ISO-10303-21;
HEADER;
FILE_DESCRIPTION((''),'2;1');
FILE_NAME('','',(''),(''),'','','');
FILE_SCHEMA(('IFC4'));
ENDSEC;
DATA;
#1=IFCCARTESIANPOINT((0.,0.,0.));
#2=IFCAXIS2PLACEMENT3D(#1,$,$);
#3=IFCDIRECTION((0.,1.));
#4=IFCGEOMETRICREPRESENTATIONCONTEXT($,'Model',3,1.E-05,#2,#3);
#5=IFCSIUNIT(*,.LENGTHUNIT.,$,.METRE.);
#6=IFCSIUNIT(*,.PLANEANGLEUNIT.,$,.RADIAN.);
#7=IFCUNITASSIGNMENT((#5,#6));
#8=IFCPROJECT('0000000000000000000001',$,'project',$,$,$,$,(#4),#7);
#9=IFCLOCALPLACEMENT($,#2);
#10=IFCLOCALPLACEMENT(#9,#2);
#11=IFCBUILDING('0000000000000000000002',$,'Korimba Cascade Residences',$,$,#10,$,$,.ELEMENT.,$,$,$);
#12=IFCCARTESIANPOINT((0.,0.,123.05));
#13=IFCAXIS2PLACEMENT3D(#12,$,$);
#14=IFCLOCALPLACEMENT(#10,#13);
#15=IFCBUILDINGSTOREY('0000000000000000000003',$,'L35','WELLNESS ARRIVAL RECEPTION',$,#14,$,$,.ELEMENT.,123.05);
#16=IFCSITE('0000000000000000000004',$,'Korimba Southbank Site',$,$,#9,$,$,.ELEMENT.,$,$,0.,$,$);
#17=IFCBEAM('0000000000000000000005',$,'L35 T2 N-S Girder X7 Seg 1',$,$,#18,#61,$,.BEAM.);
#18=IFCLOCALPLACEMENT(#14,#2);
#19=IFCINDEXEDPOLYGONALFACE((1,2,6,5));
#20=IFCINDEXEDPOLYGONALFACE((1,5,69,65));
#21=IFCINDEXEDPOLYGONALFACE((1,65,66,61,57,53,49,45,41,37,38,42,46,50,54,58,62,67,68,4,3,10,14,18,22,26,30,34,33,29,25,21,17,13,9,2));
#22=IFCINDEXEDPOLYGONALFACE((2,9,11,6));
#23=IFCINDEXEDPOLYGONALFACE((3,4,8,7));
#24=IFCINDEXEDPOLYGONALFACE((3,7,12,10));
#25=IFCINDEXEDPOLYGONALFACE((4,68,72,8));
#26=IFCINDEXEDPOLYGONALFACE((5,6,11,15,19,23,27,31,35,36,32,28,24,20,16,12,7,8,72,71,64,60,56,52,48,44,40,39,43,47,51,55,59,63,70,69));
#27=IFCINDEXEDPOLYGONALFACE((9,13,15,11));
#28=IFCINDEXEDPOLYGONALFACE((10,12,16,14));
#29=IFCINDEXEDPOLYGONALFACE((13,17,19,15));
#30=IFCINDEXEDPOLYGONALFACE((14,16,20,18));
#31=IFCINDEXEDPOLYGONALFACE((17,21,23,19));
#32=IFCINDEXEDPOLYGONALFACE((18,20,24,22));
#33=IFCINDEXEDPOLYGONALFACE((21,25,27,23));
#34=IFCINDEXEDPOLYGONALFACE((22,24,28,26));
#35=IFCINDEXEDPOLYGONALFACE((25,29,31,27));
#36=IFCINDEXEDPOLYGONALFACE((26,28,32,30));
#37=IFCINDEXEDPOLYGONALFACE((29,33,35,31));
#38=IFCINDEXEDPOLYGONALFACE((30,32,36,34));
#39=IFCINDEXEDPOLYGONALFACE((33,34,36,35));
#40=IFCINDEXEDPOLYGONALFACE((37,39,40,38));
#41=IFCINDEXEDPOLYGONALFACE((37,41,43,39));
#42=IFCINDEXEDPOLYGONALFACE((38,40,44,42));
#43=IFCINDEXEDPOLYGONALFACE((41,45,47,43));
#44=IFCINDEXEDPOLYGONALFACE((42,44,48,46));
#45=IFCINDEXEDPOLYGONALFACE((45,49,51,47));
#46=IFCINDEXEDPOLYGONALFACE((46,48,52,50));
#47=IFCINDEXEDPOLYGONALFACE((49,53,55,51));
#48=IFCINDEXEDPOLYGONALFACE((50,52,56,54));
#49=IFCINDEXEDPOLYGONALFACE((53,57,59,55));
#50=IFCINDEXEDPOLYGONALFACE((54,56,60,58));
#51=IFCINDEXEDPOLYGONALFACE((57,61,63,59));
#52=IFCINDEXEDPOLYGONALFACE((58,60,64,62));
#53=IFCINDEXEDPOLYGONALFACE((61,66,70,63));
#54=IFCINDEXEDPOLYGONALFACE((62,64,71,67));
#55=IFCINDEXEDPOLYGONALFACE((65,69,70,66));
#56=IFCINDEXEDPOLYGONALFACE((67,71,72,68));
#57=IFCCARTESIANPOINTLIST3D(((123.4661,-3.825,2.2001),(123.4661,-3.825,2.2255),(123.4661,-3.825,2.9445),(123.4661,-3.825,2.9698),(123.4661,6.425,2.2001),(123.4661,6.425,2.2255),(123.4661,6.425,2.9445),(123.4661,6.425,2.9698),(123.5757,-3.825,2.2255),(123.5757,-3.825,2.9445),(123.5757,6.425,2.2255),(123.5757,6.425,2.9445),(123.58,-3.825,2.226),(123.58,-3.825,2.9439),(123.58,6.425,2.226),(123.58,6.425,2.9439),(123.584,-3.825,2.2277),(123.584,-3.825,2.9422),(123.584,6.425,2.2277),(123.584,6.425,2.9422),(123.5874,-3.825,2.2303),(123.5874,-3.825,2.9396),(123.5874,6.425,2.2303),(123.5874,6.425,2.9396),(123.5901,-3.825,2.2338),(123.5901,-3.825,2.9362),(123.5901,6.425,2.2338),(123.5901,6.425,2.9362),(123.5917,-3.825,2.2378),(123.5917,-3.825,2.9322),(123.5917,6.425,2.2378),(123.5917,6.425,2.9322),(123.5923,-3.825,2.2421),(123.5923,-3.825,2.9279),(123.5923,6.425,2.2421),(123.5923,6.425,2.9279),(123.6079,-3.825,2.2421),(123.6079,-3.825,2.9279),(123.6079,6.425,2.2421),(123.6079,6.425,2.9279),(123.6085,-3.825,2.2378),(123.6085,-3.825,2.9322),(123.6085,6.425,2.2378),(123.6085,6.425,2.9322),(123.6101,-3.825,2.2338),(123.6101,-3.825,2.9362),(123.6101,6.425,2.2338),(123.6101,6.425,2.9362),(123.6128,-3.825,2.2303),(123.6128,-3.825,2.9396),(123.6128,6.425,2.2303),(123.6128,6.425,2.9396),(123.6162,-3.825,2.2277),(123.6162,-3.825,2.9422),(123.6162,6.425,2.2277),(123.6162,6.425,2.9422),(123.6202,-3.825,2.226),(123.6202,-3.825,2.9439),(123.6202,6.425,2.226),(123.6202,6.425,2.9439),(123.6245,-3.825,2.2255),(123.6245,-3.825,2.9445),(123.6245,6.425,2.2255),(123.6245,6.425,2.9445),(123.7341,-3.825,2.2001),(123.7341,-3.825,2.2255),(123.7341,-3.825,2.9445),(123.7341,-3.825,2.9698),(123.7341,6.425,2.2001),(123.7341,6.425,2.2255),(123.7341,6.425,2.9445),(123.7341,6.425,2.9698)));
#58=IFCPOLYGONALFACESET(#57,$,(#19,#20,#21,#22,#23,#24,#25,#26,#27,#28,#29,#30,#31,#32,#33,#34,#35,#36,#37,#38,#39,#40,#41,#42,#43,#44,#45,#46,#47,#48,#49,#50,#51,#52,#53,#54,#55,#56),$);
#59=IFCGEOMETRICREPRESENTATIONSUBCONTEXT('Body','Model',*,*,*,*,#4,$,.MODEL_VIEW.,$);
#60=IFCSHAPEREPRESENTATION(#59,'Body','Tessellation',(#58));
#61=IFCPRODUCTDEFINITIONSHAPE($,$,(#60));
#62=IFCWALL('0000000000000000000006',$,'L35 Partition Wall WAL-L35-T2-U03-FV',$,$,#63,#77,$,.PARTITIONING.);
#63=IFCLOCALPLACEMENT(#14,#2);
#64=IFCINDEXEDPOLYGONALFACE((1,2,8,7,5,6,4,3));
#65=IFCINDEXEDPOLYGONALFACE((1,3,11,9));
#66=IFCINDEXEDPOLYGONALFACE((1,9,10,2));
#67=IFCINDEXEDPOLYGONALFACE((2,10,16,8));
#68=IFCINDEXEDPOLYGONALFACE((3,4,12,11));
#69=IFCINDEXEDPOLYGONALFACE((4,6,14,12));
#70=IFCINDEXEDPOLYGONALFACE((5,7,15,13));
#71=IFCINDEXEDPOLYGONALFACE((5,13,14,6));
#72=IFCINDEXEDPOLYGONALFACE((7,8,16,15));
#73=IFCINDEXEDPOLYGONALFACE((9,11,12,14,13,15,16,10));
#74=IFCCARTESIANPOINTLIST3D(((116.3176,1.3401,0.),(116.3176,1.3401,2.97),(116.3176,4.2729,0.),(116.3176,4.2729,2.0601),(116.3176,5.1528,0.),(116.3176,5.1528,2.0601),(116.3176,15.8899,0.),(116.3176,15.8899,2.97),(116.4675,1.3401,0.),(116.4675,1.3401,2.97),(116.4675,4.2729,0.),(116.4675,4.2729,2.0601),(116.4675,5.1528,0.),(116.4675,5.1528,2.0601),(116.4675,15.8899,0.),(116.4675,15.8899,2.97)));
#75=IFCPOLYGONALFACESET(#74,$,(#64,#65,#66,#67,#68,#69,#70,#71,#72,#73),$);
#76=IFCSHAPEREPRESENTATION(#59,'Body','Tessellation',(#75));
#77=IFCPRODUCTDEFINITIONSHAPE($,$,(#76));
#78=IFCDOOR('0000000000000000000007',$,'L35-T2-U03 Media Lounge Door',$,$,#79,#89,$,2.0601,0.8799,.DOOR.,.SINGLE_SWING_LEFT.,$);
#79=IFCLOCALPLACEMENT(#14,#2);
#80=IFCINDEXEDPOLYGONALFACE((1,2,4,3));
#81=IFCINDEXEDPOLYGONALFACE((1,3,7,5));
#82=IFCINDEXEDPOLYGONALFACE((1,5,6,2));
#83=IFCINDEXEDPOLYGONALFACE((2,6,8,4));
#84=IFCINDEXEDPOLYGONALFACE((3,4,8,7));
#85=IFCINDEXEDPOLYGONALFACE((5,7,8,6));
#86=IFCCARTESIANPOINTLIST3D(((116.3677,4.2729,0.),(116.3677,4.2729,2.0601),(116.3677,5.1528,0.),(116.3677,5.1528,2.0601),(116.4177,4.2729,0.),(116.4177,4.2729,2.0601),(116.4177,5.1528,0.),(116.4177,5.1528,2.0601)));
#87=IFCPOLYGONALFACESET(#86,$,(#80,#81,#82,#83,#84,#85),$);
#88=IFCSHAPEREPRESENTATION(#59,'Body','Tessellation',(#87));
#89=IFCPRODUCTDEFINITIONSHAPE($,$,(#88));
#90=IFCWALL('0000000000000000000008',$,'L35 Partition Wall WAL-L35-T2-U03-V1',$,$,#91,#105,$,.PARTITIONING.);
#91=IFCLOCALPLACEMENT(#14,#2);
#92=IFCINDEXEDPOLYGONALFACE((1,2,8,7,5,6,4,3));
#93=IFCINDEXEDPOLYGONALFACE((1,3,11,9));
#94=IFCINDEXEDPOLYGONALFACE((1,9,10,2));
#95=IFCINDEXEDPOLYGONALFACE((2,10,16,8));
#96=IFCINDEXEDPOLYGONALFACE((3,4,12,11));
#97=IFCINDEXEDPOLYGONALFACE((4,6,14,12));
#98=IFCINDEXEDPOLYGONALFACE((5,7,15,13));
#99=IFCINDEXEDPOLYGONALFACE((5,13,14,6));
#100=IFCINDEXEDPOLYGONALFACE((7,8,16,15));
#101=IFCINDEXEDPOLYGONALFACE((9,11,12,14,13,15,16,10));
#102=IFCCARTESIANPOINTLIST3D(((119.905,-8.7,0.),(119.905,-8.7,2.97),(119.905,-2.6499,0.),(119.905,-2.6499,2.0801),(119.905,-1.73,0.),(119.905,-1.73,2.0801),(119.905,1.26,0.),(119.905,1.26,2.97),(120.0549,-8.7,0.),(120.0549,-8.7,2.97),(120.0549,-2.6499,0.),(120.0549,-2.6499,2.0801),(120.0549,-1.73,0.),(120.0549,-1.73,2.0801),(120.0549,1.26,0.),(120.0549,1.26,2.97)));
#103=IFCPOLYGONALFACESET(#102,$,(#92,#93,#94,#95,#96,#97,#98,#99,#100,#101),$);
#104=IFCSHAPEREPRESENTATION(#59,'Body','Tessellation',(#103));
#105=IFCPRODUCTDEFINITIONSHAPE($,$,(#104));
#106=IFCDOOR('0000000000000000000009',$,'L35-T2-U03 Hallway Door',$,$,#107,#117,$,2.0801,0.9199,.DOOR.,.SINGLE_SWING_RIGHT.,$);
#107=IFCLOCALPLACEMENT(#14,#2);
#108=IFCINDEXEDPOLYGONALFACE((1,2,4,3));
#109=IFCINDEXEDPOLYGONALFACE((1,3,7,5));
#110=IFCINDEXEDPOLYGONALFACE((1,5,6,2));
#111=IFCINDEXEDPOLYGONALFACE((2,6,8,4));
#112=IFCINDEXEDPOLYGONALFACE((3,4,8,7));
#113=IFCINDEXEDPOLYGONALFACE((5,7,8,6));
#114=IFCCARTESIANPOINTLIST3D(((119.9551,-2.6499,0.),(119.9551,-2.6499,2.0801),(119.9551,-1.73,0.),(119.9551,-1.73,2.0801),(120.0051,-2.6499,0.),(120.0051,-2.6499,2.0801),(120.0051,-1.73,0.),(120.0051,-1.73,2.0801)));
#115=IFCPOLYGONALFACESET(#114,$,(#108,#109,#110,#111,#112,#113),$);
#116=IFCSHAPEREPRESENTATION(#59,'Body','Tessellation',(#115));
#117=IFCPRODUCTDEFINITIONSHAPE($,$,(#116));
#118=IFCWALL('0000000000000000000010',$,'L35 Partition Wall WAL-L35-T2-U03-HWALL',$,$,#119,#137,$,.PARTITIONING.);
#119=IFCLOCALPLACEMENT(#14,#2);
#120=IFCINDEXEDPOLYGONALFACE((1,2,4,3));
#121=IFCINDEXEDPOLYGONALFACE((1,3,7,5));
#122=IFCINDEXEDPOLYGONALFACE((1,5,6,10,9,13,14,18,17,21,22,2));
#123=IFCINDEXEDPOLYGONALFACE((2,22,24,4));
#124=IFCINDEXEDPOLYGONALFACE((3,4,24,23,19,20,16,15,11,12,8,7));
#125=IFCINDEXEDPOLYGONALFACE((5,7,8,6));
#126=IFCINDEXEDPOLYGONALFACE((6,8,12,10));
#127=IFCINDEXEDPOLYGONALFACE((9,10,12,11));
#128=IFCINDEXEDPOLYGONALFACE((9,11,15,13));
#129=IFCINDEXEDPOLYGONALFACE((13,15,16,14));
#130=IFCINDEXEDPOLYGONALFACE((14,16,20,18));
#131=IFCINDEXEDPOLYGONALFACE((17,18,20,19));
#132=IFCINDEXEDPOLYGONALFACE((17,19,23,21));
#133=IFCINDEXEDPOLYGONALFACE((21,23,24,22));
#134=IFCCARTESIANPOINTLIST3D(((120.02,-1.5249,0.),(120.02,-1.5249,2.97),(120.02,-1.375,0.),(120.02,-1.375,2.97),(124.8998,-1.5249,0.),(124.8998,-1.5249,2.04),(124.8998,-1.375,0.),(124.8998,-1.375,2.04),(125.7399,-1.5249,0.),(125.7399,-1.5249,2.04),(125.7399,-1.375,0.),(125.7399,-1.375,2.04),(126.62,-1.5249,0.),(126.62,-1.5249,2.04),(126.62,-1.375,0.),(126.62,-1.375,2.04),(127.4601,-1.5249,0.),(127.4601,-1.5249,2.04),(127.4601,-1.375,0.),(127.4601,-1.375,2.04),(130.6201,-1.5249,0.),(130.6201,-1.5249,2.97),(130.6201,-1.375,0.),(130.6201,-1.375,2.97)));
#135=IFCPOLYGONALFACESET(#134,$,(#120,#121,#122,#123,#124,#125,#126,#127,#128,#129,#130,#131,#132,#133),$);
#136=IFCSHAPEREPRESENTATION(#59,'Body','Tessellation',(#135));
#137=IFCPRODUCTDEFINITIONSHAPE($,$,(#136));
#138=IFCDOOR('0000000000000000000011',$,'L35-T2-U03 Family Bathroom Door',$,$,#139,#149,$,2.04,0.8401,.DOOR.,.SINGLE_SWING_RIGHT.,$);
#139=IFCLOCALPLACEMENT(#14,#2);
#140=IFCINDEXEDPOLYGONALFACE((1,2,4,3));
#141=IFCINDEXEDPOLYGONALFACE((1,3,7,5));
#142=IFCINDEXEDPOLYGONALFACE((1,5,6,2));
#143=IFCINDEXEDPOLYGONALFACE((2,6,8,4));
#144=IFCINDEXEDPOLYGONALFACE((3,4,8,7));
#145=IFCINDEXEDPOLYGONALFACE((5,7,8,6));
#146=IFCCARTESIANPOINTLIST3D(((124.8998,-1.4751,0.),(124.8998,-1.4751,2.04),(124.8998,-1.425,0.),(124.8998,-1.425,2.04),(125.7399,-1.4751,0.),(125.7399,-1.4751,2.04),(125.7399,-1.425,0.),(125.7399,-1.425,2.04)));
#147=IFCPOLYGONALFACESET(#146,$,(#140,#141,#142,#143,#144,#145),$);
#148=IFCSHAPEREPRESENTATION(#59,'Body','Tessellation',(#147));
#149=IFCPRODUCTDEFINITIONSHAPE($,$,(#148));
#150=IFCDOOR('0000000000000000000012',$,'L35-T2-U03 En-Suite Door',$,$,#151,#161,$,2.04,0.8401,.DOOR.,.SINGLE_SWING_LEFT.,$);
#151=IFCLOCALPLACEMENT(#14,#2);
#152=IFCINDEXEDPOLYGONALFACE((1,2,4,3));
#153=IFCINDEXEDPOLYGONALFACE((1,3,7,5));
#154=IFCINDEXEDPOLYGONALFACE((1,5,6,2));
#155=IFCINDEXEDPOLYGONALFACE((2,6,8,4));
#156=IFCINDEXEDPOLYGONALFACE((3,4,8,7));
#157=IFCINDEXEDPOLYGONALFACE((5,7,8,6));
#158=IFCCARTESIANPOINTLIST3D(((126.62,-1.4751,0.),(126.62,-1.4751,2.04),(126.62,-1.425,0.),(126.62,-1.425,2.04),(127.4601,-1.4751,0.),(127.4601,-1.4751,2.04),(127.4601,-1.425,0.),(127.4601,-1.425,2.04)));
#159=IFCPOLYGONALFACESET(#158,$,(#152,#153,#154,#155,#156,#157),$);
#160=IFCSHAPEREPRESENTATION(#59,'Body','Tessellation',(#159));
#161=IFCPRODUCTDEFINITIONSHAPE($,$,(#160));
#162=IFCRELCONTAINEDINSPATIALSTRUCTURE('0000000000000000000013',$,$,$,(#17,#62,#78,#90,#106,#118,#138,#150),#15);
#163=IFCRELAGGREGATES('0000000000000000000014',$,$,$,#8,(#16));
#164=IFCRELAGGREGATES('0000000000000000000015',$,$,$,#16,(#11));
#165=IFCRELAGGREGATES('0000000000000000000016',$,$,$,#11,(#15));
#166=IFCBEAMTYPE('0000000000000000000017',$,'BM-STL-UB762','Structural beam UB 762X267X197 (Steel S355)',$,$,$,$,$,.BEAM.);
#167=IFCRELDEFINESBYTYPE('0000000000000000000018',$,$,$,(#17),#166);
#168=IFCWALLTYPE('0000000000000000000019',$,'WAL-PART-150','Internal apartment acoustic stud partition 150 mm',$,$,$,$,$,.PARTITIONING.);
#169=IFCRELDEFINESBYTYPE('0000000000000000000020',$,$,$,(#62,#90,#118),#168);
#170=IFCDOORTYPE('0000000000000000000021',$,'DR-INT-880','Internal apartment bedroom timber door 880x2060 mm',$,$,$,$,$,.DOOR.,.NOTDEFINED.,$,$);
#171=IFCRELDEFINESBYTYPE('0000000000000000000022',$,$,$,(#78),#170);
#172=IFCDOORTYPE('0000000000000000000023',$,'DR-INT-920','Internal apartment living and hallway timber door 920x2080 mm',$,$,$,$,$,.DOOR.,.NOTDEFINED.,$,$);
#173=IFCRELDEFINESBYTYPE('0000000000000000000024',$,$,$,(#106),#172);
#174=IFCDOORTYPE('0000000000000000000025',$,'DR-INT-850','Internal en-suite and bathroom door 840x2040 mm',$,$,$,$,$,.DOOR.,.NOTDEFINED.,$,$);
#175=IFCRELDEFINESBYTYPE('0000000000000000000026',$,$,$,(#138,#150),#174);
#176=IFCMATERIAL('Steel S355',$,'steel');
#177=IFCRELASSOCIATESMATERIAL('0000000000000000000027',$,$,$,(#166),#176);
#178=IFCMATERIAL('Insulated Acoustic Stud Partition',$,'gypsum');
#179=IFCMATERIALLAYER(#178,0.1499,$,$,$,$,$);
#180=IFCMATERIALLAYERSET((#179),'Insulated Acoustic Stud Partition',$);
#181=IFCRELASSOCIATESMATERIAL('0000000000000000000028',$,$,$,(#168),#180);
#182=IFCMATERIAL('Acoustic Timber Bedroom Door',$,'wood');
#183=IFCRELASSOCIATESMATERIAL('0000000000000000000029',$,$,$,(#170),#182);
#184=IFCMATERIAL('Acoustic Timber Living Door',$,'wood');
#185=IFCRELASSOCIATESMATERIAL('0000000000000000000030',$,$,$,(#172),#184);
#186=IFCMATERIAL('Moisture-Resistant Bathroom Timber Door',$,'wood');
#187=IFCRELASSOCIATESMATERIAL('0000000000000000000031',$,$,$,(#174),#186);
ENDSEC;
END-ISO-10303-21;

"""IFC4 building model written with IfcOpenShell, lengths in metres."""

from ifc_helpers import new_model, si_unit, direction, frame, frame_2d, origin, origin_2d, place, context, subcontext, project, spatial, rectangle, i_section, extrude, material, layer, layer_set, material_profile, profile_set, type_object, element, fill, save


model = new_model("IFC4")

# Units and contexts
model_context = context("Model", 3, precision=1e-05, world=origin(), true_north=direction((0.0, 1.0)))
body_context = subcontext(model_context, "Body", "Model", "MODEL_VIEW")
ifc_project = project(units=[si_unit("LENGTHUNIT", "METRE"), si_unit("PLANEANGLEUNIT", "RADIAN")], contexts=[model_context])

# Site, building, storey
site_placement = place(None, origin())
site = spatial("IfcSite", under=ifc_project, at=site_placement, Name="Korimba Southbank Site", CompositionType="ELEMENT", RefElevation=0.0)
building_placement = place(site_placement, origin())
building = spatial("IfcBuilding", under=site, at=building_placement, Name="Korimba Cascade Residences", CompositionType="ELEMENT")
storey_placement = place(building_placement, frame((0.0, 0.0, 123.05)))
storey = spatial("IfcBuildingStorey", under=building, at=storey_placement, Name="L35", Description="WELLNESS ARRIVAL RECEPTION", CompositionType="ELEMENT", Elevation=123.05)

# Beam
ifc_material_1 = material(Name="Steel S355", Category="steel")
ifc_material_profile_1 = material_profile(ifc_material_1, i_section(OverallWidth=0.2681, OverallDepth=0.7698, WebThickness=0.0156, FlangeThickness=0.0254, FilletRadius=0.0166, at=origin_2d()), Name="Steel S355")
ifc_profile_set_1 = profile_set([ifc_material_profile_1], Name="Steel S355")
beam_type_1 = type_object("IfcBeamType", Name="BM-STL-UB762", Description="Structural beam UB 762X267X197 (Steel S355)", PredefinedType="BEAM", material=ifc_profile_set_1)
for number, where, z_axis, x_axis, name in (
    (1, (123.6001, -3.825, 2.585), (0.0, 1.0, 0.0), (-1.0, 0.0, 0.0), "L35 T2 N-S Girder X7 Seg 1"),
):
    element("IfcBeam", number, at=place(storey_placement, frame(where, z_axis=z_axis, x_axis=x_axis)), inside=storey, type_object=beam_type_1, Name=name, PredefinedType="BEAM", context=body_context, shape_type="SweptSolid", body=[
        extrude(i_section(OverallWidth=0.2681, OverallDepth=0.7698, WebThickness=0.0156, FlangeThickness=0.0254, FilletRadius=0.0166, at=origin_2d()), origin(), (0.0, 0.0, 1.0), 10.25),
    ])

# Walls, openings, doors
ifc_material_2 = material(Name="Insulated Acoustic Stud Partition", Category="gypsum")
ifc_layer = layer(ifc_material_2, 0.1499)
ifc_layer_set = layer_set([ifc_layer], Name="Insulated Acoustic Stud Partition")
wall_type = type_object("IfcWallType", Name="WAL-PART-150", Description="Internal apartment acoustic stud partition 150 mm", PredefinedType="PARTITIONING", material=ifc_layer_set)
wall_1_placement = place(storey_placement, frame((116.3926, 1.3401, 0.0), z_axis=(0.0, 0.0, 1.0), x_axis=(0.0, 1.0, 0.0)))
wall_1 = element("IfcWall", 2, at=wall_1_placement, inside=storey, type_object=wall_type, Name="L35 Partition Wall WAL-L35-T2-U03-FV", PredefinedType="PARTITIONING", context=body_context, shape_type="SweptSolid", body=[
    extrude(rectangle(XDim=14.5498, YDim=0.1499, at=frame_2d((7.2749, 0.0))), origin(), (0.0, 0.0, 1.0), 2.97),
])
opening_1_placement = place(wall_1_placement, frame((2.9329, 0.0, 0.0)))
opening_1 = element("IfcOpeningElement", 3, at=opening_1_placement, cuts=wall_1, PredefinedType="OPENING", context=body_context, shape_type="SweptSolid", body=[
    extrude(rectangle(XDim=0.8799, YDim=2.0601, at=frame_2d((0.4399, 1.03))), frame((0.0, 0.085, 0.0), z_axis=(0.0, -1.0, 0.0), x_axis=(1.0, 0.0, 0.0)), (0.0, 0.0, 1.0), 0.1699),
])
ifc_material_3 = material(Name="Acoustic Timber Bedroom Door", Category="wood")
door_type_1 = type_object("IfcDoorType", Name="DR-INT-880", Description="Internal apartment bedroom timber door 880x2060 mm", OperationType="NOTDEFINED", PredefinedType="DOOR", material=ifc_material_3)
door_1_placement = place(opening_1_placement, origin())
door_1 = element("IfcDoor", 4, at=door_1_placement, inside=storey, type_object=door_type_1, Name="L35-T2-U03 Media Lounge Door", OperationType="SINGLE_SWING_LEFT", OverallHeight=2.0601, OverallWidth=0.8799, PredefinedType="DOOR", context=body_context, shape_type="SweptSolid", body=[
    extrude(rectangle(XDim=0.8799, YDim=2.0601, at=frame_2d((0.4399, 1.03))), frame((0.0, 0.0249, 0.0), z_axis=(0.0, -1.0, 0.0), x_axis=(1.0, 0.0, 0.0)), (0.0, 0.0, 1.0), 0.05),
])
fill(opening_1, door_1)
wall_2_placement = place(storey_placement, frame((119.98, -8.7, 0.0), z_axis=(0.0, 0.0, 1.0), x_axis=(0.0, 1.0, 0.0)))
wall_2 = element("IfcWall", 5, at=wall_2_placement, inside=storey, type_object=wall_type, Name="L35 Partition Wall WAL-L35-T2-U03-V1", PredefinedType="PARTITIONING", context=body_context, shape_type="SweptSolid", body=[
    extrude(rectangle(XDim=9.96, YDim=0.1499, at=frame_2d((4.98, 0.0))), origin(), (0.0, 0.0, 1.0), 2.97),
])
opening_2_placement = place(wall_2_placement, frame((6.05, 0.0, 0.0)))
opening_2 = element("IfcOpeningElement", 6, at=opening_2_placement, cuts=wall_2, PredefinedType="OPENING", context=body_context, shape_type="SweptSolid", body=[
    extrude(rectangle(XDim=0.9199, YDim=2.0801, at=frame_2d((0.46, 1.04))), frame((0.0, 0.085, 0.0), z_axis=(0.0, -1.0, 0.0), x_axis=(1.0, 0.0, 0.0)), (0.0, 0.0, 1.0), 0.1699),
])
ifc_material_4 = material(Name="Acoustic Timber Living Door", Category="wood")
door_type_2 = type_object("IfcDoorType", Name="DR-INT-920", Description="Internal apartment living and hallway timber door 920x2080 mm", OperationType="NOTDEFINED", PredefinedType="DOOR", material=ifc_material_4)
door_2_placement = place(opening_2_placement, origin())
door_2 = element("IfcDoor", 7, at=door_2_placement, inside=storey, type_object=door_type_2, Name="L35-T2-U03 Hallway Door", OperationType="SINGLE_SWING_RIGHT", OverallHeight=2.0801, OverallWidth=0.9199, PredefinedType="DOOR", context=body_context, shape_type="SweptSolid", body=[
    extrude(rectangle(XDim=0.9199, YDim=2.0801, at=frame_2d((0.46, 1.04))), frame((0.0, 0.0249, 0.0), z_axis=(0.0, -1.0, 0.0), x_axis=(1.0, 0.0, 0.0)), (0.0, 0.0, 1.0), 0.05),
])
fill(opening_2, door_2)

# Wall, openings, doors
wall_3_placement = place(storey_placement, frame((120.02, -1.45, 0.0), z_axis=(0.0, 0.0, 1.0), x_axis=(1.0, 0.0, 0.0)))
wall_3 = element("IfcWall", 8, at=wall_3_placement, inside=storey, type_object=wall_type, Name="L35 Partition Wall WAL-L35-T2-U03-HWALL", PredefinedType="PARTITIONING", context=body_context, shape_type="SweptSolid", body=[
    extrude(rectangle(XDim=10.6001, YDim=0.1499, at=frame_2d((5.3, 0.0))), origin(), (0.0, 0.0, 1.0), 2.97),
])
opening_3_placement = place(wall_3_placement, frame((4.8799, 0.0, 0.0)))
opening_3 = element("IfcOpeningElement", 9, at=opening_3_placement, cuts=wall_3, PredefinedType="OPENING", context=body_context, shape_type="SweptSolid", body=[
    extrude(rectangle(XDim=0.8401, YDim=2.04, at=frame_2d((0.4199, 1.02))), frame((0.0, 0.085, 0.0), z_axis=(0.0, -1.0, 0.0), x_axis=(1.0, 0.0, 0.0)), (0.0, 0.0, 1.0), 0.1699),
])
opening_4_placement = place(wall_3_placement, frame((6.6001, 0.0, 0.0)))
opening_4 = element("IfcOpeningElement", 10, at=opening_4_placement, cuts=wall_3, PredefinedType="OPENING", context=body_context, shape_type="SweptSolid", body=[
    extrude(rectangle(XDim=0.8401, YDim=2.04, at=frame_2d((0.4199, 1.02))), frame((0.0, 0.085, 0.0), z_axis=(0.0, -1.0, 0.0), x_axis=(1.0, 0.0, 0.0)), (0.0, 0.0, 1.0), 0.1699),
])
ifc_material_5 = material(Name="Moisture-Resistant Bathroom Timber Door", Category="wood")
door_type_3 = type_object("IfcDoorType", Name="DR-INT-850", Description="Internal en-suite and bathroom door 840x2040 mm", OperationType="NOTDEFINED", PredefinedType="DOOR", material=ifc_material_5)
door_3_placement = place(opening_3_placement, origin())
door_3 = element("IfcDoor", 11, at=door_3_placement, inside=storey, type_object=door_type_3, Name="L35-T2-U03 Family Bathroom Door", OperationType="SINGLE_SWING_RIGHT", OverallHeight=2.04, OverallWidth=0.8401, PredefinedType="DOOR", context=body_context, shape_type="SweptSolid", body=[
    extrude(rectangle(XDim=0.8401, YDim=2.04, at=frame_2d((0.4199, 1.02))), frame((0.0, 0.0249, 0.0), z_axis=(0.0, -1.0, 0.0), x_axis=(1.0, 0.0, 0.0)), (0.0, 0.0, 1.0), 0.05),
])
fill(opening_3, door_3)
door_4_placement = place(opening_4_placement, origin())
door_4 = element("IfcDoor", 12, at=door_4_placement, inside=storey, type_object=door_type_3, Name="L35-T2-U03 En-Suite Door", OperationType="SINGLE_SWING_LEFT", OverallHeight=2.04, OverallWidth=0.8401, PredefinedType="DOOR", context=body_context, shape_type="SweptSolid", body=[
    extrude(rectangle(XDim=0.8401, YDim=2.04, at=frame_2d((0.4199, 1.02))), frame((0.0, 0.0249, 0.0), z_axis=(0.0, -1.0, 0.0), x_axis=(1.0, 0.0, 0.0)), (0.0, 0.0, 1.0), 0.05),
])
fill(opening_4, door_4)

save(model, "model.ifc")
